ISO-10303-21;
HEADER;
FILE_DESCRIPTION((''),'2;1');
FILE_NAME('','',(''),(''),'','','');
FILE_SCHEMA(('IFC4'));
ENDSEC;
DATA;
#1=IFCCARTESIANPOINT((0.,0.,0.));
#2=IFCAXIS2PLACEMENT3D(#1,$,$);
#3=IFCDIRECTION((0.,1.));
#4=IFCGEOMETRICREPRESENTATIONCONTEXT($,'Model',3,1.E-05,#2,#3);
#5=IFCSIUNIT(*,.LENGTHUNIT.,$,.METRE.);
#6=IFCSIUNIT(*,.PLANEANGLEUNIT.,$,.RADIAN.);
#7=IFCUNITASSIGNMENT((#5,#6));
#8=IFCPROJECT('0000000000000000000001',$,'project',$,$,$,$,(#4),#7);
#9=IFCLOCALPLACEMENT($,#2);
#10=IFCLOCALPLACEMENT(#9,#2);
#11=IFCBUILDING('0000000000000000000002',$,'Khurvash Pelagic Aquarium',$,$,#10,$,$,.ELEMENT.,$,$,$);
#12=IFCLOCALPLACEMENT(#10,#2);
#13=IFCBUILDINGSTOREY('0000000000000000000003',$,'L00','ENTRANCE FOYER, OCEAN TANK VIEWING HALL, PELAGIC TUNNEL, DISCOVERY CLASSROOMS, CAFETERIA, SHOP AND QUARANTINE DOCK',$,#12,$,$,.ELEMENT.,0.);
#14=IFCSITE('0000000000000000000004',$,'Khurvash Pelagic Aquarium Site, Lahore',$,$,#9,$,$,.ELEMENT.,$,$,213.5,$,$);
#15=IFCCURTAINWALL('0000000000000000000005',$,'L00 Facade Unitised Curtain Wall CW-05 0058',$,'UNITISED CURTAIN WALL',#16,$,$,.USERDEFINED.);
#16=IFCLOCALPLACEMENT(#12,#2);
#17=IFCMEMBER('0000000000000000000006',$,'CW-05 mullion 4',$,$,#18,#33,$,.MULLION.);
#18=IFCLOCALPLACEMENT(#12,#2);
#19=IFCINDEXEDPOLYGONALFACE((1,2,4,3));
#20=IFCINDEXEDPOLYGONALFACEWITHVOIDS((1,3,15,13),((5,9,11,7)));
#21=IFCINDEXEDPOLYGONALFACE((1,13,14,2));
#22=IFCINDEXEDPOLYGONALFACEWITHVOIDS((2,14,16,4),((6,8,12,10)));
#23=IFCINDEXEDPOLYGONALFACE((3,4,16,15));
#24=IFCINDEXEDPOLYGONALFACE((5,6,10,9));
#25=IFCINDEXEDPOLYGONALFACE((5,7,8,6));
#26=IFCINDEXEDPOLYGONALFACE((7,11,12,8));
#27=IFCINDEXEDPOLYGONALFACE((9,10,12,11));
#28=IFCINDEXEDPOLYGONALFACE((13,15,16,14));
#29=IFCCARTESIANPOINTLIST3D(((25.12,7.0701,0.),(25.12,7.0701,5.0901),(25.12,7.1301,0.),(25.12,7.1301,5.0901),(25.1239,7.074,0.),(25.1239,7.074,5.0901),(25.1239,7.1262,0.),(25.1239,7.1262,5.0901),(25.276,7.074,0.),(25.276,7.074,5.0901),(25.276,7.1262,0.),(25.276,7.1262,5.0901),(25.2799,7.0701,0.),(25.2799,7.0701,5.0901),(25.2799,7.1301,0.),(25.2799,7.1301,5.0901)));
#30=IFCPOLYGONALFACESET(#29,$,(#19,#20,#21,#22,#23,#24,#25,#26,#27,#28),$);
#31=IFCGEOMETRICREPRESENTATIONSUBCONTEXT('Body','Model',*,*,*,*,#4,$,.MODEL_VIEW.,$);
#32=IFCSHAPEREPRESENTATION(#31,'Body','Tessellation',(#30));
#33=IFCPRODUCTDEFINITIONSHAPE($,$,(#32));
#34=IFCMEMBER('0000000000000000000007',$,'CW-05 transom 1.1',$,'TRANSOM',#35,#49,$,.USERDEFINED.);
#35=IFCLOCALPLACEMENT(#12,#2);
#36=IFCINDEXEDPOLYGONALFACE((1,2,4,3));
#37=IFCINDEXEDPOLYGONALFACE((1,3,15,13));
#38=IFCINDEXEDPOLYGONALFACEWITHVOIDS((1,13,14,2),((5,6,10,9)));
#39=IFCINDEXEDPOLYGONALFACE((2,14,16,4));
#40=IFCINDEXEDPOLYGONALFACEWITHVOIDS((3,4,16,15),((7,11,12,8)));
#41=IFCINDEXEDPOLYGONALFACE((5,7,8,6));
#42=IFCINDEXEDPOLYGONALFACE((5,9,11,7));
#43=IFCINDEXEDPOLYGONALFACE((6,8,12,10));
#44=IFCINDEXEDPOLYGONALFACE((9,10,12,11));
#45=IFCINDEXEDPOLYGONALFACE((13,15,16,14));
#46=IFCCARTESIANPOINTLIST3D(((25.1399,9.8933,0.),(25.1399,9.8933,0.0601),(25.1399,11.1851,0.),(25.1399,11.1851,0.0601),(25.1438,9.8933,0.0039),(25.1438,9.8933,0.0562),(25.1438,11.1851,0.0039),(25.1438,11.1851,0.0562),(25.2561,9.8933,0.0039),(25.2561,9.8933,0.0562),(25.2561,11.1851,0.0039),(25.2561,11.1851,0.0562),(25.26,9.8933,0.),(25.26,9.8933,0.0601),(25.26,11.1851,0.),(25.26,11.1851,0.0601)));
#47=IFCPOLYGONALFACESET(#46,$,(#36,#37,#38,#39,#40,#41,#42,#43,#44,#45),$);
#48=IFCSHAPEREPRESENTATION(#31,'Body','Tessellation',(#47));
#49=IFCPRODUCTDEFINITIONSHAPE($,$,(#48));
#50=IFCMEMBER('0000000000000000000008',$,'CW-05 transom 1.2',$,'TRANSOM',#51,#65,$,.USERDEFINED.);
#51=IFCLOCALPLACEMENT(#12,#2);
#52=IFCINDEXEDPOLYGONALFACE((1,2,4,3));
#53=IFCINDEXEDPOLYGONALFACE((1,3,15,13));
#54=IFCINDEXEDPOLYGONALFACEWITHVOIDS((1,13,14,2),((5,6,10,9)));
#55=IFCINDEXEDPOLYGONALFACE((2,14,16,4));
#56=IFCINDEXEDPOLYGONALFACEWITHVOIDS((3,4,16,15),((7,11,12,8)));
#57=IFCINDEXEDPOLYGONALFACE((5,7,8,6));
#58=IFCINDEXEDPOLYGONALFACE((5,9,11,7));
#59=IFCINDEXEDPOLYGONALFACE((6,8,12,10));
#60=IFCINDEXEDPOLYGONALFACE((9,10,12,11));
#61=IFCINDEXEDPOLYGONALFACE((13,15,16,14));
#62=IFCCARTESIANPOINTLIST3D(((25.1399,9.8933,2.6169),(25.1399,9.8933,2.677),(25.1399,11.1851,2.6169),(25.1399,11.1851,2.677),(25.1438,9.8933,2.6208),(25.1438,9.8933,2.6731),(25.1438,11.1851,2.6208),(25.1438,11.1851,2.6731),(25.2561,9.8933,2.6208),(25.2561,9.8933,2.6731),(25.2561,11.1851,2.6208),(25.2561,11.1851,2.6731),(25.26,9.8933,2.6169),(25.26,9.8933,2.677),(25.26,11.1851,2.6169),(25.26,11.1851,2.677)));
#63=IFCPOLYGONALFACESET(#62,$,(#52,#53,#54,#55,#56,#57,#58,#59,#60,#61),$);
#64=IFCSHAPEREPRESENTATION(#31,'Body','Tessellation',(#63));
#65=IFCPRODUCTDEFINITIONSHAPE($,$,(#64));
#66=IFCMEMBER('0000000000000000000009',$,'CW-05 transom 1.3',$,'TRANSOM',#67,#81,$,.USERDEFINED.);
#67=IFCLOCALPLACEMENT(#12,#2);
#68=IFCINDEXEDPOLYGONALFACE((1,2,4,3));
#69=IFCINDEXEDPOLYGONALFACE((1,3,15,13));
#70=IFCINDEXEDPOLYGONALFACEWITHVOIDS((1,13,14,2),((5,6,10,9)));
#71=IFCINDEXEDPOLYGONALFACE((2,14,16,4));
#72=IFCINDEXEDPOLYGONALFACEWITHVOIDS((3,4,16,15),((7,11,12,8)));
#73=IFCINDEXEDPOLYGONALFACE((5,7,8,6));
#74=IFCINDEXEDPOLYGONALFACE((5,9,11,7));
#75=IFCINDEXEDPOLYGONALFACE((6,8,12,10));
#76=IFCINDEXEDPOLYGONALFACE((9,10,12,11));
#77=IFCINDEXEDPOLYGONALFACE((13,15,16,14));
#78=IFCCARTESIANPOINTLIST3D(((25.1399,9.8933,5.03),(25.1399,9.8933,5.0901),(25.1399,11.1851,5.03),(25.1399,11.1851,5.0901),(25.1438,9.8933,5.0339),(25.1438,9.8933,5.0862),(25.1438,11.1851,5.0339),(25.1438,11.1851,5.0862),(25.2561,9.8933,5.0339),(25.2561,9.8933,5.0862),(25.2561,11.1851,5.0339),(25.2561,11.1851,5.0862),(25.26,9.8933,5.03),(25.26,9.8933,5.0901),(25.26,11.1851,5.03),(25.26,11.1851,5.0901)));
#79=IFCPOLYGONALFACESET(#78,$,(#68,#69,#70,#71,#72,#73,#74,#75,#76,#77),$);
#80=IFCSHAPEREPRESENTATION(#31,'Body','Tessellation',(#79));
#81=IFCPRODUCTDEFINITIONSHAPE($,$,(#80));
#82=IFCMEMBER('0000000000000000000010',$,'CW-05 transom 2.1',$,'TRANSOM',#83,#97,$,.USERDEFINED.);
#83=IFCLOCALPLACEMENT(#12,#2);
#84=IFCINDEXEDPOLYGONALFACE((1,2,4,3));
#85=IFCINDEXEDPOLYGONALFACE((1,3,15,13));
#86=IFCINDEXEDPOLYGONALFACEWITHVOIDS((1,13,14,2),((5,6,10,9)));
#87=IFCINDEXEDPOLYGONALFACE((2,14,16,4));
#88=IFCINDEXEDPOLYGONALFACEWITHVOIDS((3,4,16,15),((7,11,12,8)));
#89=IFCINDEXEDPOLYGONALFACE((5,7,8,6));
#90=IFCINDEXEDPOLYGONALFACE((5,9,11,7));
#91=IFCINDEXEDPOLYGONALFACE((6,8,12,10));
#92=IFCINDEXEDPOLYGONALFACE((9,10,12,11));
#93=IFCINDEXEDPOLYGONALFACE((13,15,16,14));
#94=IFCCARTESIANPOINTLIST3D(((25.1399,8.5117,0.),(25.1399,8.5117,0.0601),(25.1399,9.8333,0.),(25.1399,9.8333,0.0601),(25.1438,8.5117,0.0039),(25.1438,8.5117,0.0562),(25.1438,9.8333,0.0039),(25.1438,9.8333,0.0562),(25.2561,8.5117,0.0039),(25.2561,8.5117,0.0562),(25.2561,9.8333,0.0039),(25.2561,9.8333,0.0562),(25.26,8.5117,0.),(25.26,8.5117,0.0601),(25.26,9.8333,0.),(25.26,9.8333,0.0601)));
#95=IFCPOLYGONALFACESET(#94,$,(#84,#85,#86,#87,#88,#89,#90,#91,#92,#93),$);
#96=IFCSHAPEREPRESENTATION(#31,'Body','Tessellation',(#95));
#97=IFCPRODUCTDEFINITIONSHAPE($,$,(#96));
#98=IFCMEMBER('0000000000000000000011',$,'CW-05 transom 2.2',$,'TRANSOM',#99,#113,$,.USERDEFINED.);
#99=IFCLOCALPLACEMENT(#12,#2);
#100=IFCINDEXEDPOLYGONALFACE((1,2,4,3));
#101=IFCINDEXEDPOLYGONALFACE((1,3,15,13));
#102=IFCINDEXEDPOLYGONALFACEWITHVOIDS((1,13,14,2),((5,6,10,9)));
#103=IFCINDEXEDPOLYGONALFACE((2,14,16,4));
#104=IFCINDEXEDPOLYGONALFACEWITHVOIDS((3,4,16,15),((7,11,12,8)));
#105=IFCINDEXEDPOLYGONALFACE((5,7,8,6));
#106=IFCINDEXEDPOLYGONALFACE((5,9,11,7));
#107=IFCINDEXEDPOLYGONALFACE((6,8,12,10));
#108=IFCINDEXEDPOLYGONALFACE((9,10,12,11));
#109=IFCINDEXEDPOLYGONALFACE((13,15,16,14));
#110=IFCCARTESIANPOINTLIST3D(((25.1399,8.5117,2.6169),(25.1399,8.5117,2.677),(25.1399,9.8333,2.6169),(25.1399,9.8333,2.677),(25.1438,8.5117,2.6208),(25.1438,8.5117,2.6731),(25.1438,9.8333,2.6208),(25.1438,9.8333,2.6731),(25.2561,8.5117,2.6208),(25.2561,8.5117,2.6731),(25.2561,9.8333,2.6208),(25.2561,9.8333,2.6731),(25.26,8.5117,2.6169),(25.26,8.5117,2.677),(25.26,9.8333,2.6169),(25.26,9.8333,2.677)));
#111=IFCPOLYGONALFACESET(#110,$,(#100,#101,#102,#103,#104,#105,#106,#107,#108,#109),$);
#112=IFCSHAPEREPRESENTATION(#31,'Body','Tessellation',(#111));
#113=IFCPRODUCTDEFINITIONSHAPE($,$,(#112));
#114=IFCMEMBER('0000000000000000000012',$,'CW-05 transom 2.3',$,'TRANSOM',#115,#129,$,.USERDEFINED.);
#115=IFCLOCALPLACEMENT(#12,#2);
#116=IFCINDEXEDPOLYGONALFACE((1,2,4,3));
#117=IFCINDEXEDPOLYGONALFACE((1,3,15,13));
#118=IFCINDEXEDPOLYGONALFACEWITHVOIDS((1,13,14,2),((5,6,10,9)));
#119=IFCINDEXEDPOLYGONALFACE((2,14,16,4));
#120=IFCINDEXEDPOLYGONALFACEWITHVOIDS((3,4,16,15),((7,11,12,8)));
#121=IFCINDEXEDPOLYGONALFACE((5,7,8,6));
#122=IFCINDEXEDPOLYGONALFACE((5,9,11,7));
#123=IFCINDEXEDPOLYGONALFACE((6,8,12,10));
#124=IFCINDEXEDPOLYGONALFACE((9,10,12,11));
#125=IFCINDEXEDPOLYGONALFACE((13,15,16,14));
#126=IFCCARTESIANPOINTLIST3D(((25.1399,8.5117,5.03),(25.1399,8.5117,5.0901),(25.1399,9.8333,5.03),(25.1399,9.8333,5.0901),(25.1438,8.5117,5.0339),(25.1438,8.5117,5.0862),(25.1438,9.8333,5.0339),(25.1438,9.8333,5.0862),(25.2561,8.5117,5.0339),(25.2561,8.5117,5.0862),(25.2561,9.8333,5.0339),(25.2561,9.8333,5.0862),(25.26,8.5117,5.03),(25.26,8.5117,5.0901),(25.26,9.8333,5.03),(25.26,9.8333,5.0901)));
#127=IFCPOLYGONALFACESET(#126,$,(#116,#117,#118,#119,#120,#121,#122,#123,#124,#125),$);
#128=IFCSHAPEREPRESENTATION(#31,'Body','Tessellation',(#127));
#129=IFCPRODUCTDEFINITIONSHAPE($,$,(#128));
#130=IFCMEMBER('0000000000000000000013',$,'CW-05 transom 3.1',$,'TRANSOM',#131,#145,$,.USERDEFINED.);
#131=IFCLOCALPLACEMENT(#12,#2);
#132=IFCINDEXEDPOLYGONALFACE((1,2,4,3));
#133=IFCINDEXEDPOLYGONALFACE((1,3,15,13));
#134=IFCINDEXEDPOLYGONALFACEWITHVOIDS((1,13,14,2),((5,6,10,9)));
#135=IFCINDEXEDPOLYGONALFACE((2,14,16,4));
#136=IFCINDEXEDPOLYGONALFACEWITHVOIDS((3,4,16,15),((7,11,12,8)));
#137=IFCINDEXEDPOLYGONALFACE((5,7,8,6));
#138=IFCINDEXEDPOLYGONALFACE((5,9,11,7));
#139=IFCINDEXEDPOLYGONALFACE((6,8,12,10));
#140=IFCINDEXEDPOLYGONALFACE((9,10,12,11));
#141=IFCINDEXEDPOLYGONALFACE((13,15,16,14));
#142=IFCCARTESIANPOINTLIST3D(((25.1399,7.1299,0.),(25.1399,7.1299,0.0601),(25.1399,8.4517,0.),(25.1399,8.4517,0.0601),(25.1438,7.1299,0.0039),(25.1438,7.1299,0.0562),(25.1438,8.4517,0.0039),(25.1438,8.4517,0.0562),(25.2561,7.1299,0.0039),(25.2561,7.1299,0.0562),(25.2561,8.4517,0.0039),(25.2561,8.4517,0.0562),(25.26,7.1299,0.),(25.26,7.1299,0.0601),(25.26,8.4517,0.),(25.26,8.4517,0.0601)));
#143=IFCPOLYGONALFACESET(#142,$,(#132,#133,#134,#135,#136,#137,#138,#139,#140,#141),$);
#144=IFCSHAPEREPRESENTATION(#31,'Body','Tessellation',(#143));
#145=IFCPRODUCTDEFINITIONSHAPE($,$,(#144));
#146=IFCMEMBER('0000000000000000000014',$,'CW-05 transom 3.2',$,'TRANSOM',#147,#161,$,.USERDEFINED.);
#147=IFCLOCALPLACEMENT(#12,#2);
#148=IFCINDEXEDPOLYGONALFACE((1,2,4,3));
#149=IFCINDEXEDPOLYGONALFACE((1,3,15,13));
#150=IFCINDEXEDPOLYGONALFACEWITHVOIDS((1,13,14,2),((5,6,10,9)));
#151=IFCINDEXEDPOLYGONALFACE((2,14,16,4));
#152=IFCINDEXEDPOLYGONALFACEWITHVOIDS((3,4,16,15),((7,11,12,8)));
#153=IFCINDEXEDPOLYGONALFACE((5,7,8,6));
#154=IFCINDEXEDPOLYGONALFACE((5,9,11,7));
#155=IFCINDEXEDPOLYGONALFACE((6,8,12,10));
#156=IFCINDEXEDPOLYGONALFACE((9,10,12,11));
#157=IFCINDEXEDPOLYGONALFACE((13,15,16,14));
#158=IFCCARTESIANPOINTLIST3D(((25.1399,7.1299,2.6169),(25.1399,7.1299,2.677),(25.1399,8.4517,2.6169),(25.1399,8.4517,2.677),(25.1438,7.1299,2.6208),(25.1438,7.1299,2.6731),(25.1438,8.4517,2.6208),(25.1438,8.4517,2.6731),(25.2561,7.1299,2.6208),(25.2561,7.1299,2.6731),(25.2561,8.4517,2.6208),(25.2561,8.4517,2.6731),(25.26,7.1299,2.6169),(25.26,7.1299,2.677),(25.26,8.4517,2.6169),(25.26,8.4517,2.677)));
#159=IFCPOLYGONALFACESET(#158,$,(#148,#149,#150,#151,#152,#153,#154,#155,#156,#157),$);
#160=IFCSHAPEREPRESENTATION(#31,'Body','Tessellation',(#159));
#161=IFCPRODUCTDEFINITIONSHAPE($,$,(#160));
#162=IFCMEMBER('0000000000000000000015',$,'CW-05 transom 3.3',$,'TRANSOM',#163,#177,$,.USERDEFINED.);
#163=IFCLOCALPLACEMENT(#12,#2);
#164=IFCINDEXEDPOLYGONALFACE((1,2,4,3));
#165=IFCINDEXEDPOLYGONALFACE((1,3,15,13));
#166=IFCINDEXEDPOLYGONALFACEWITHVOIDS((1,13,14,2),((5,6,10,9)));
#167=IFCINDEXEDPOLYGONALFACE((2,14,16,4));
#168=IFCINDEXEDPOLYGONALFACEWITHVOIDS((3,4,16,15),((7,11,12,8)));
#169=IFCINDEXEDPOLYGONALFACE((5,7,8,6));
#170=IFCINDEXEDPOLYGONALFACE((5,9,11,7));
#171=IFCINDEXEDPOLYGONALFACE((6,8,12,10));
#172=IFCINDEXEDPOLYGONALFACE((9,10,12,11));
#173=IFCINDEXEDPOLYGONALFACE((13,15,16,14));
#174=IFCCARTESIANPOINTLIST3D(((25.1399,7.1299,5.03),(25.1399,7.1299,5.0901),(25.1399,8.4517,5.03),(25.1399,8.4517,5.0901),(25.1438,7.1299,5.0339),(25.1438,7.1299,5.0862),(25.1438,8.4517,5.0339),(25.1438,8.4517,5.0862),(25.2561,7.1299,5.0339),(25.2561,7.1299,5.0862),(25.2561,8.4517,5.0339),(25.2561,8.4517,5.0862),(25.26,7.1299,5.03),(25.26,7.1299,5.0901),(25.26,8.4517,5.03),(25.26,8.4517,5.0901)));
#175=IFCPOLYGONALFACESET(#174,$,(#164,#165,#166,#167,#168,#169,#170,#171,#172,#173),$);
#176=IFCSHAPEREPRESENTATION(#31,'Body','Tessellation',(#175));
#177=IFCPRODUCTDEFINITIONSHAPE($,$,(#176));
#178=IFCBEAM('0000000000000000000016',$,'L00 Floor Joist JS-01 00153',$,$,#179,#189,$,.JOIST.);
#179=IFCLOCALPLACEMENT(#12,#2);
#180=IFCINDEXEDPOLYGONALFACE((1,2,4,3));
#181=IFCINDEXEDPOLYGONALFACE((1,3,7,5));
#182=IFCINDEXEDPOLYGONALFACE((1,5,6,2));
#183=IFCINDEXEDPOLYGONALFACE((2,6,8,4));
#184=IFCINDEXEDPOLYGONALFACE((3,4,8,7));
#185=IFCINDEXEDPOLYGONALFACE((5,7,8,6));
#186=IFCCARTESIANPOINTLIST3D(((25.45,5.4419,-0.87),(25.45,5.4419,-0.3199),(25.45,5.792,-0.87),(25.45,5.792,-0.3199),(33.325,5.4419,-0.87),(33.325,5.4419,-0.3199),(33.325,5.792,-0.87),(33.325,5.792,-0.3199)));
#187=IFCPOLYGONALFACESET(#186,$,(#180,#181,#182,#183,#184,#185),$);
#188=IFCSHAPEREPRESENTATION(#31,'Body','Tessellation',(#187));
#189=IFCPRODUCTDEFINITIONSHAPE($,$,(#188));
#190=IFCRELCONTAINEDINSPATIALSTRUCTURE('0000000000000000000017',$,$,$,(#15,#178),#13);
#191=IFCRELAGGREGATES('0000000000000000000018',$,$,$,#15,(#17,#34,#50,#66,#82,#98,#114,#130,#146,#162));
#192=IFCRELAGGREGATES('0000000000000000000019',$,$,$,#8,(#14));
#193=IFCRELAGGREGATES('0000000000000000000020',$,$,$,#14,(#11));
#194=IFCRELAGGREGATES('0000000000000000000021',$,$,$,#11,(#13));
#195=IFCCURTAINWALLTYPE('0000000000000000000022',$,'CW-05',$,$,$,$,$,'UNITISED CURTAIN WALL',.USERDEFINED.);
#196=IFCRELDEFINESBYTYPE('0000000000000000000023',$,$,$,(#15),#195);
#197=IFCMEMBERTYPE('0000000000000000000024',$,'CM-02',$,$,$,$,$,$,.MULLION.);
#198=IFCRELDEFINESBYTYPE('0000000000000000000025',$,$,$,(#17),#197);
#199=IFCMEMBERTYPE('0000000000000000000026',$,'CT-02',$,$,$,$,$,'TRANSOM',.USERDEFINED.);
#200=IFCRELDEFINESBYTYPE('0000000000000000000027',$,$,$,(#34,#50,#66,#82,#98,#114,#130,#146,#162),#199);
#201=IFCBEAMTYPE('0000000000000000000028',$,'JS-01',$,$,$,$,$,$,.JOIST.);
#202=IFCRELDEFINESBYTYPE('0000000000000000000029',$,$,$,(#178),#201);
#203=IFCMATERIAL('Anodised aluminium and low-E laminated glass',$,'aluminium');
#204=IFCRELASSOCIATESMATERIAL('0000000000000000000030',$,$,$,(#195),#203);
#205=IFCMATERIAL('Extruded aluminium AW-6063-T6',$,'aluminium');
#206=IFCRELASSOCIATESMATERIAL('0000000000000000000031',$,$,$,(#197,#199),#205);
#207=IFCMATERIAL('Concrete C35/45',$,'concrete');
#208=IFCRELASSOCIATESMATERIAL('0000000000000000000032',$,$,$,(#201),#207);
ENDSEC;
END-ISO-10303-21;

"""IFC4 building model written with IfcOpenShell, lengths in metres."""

from ifc_helpers import new_model, si_unit, direction, frame, origin, origin_2d, place, context, subcontext, project, spatial, rectangle, hollow_rectangle, extrude, material, material_profile, profile_set, type_object, element, aggregate, save


model = new_model("IFC4")

# Units and contexts
model_context = context("Model", 3, precision=1e-05, world=origin(), true_north=direction((0.0, 1.0)))
body_context = subcontext(model_context, "Body", "Model", "MODEL_VIEW")
ifc_project = project(units=[si_unit("LENGTHUNIT", "METRE"), si_unit("PLANEANGLEUNIT", "RADIAN")], contexts=[model_context])

# Site, building, storey
site_placement = place(None, origin())
site = spatial("IfcSite", under=ifc_project, at=site_placement, Name="Khurvash Pelagic Aquarium Site, Lahore", CompositionType="ELEMENT", RefElevation=213.5)
building_placement = place(site_placement, origin())
building = spatial("IfcBuilding", under=site, at=building_placement, Name="Khurvash Pelagic Aquarium", CompositionType="ELEMENT")
storey_placement = place(building_placement, origin())
storey = spatial("IfcBuildingStorey", under=building, at=storey_placement, Name="L00", Description="ENTRANCE FOYER, OCEAN TANK VIEWING HALL, PELAGIC TUNNEL, DISCOVERY CLASSROOMS, CAFETERIA, SHOP AND QUARANTINE DOCK", CompositionType="ELEMENT", Elevation=0.0)

# Shared definitions
ifc_material_1 = material(Name="Anodised aluminium and low-E laminated glass", Category="aluminium")
curtain_wall_type = type_object("IfcCurtainWallType", Name="CW-05", ElementType="UNITISED CURTAIN WALL", PredefinedType="USERDEFINED", material=ifc_material_1)
ifc_material_2 = material(Name="Extruded aluminium AW-6063-T6", Category="aluminium")
ifc_material_profile_1 = material_profile(ifc_material_2, hollow_rectangle(XDim=0.0601, YDim=0.1599, WallThickness=0.0039, at=origin_2d()), Name="CWM60X160X4")
ifc_profile_set_1 = profile_set([ifc_material_profile_1], Name="Extruded aluminium AW-6063-T6")
member_type_1 = type_object("IfcMemberType", Name="CM-02", PredefinedType="MULLION", material=ifc_profile_set_1)

# Curtain wall, members
curtain_wall_1_placement = place(storey_placement, origin())
curtain_wall_1 = element("IfcCurtainWall", 1, at=curtain_wall_1_placement, inside=storey, type_object=curtain_wall_type, Name="L00 Facade Unitised Curtain Wall CW-05 0058", ObjectType="UNITISED CURTAIN WALL", PredefinedType="USERDEFINED")
member_1_placement = place(storey_placement, frame((25.2, 7.1001, 0.0), z_axis=(0.0, 0.0, 1.0), x_axis=(0.0, -1.0, 0.0)))
member_1 = element("IfcMember", 2, at=member_1_placement, type_object=member_type_1, Name="CW-05 mullion 4", PredefinedType="MULLION", context=body_context, shape_type="SweptSolid", body=[
    extrude(hollow_rectangle(XDim=0.0601, YDim=0.1599, WallThickness=0.0039, at=origin_2d()), origin(), (0.0, 0.0, 1.0), 5.0901),
])
ifc_material_profile_2 = material_profile(ifc_material_2, hollow_rectangle(XDim=0.1201, YDim=0.0601, WallThickness=0.0039, at=origin_2d()), Name="CWT120X60X4")
ifc_profile_set_2 = profile_set([ifc_material_profile_2], Name="Extruded aluminium AW-6063-T6")
member_type_2 = type_object("IfcMemberType", Name="CT-02", ElementType="TRANSOM", PredefinedType="USERDEFINED", material=ifc_profile_set_2)
member_2_placement = place(storey_placement, frame((25.2, 11.1851, 0.03), z_axis=(0.0, -1.0, 0.0), x_axis=(1.0, 0.0, 0.0)))
member_2 = element("IfcMember", 3, at=member_2_placement, type_object=member_type_2, Name="CW-05 transom 1.1", ObjectType="TRANSOM", PredefinedType="USERDEFINED", context=body_context, shape_type="SweptSolid", body=[
    extrude(hollow_rectangle(XDim=0.1201, YDim=0.0601, WallThickness=0.0039, at=origin_2d()), origin(), (0.0, 0.0, 1.0), 1.2917),
])
member_3_placement = place(storey_placement, frame((25.2, 11.1851, 2.647), z_axis=(0.0, -1.0, 0.0), x_axis=(1.0, 0.0, 0.0)))
member_3 = element("IfcMember", 4, at=member_3_placement, type_object=member_type_2, Name="CW-05 transom 1.2", ObjectType="TRANSOM", PredefinedType="USERDEFINED", context=body_context, shape_type="SweptSolid", body=[
    extrude(hollow_rectangle(XDim=0.1201, YDim=0.0601, WallThickness=0.0039, at=origin_2d()), origin(), (0.0, 0.0, 1.0), 1.2917),
])
member_4_placement = place(storey_placement, frame((25.2, 11.1851, 5.0601), z_axis=(0.0, -1.0, 0.0), x_axis=(1.0, 0.0, 0.0)))
member_4 = element("IfcMember", 5, at=member_4_placement, type_object=member_type_2, Name="CW-05 transom 1.3", ObjectType="TRANSOM", PredefinedType="USERDEFINED", context=body_context, shape_type="SweptSolid", body=[
    extrude(hollow_rectangle(XDim=0.1201, YDim=0.0601, WallThickness=0.0039, at=origin_2d()), origin(), (0.0, 0.0, 1.0), 1.2917),
])
member_5_placement = place(storey_placement, frame((25.2, 9.8333, 0.03), z_axis=(0.0, -1.0, 0.0), x_axis=(1.0, 0.0, 0.0)))
member_5 = element("IfcMember", 6, at=member_5_placement, type_object=member_type_2, Name="CW-05 transom 2.1", ObjectType="TRANSOM", PredefinedType="USERDEFINED", context=body_context, shape_type="SweptSolid", body=[
    extrude(hollow_rectangle(XDim=0.1201, YDim=0.0601, WallThickness=0.0039, at=origin_2d()), origin(), (0.0, 0.0, 1.0), 1.3215),
])
member_6_placement = place(storey_placement, frame((25.2, 9.8333, 2.647), z_axis=(0.0, -1.0, 0.0), x_axis=(1.0, 0.0, 0.0)))
member_6 = element("IfcMember", 7, at=member_6_placement, type_object=member_type_2, Name="CW-05 transom 2.2", ObjectType="TRANSOM", PredefinedType="USERDEFINED", context=body_context, shape_type="SweptSolid", body=[
    extrude(hollow_rectangle(XDim=0.1201, YDim=0.0601, WallThickness=0.0039, at=origin_2d()), origin(), (0.0, 0.0, 1.0), 1.3215),
])
member_7_placement = place(storey_placement, frame((25.2, 9.8333, 5.0601), z_axis=(0.0, -1.0, 0.0), x_axis=(1.0, 0.0, 0.0)))
member_7 = element("IfcMember", 8, at=member_7_placement, type_object=member_type_2, Name="CW-05 transom 2.3", ObjectType="TRANSOM", PredefinedType="USERDEFINED", context=body_context, shape_type="SweptSolid", body=[
    extrude(hollow_rectangle(XDim=0.1201, YDim=0.0601, WallThickness=0.0039, at=origin_2d()), origin(), (0.0, 0.0, 1.0), 1.3215),
])
member_8_placement = place(storey_placement, frame((25.2, 8.4517, 0.03), z_axis=(0.0, -1.0, 0.0), x_axis=(1.0, 0.0, 0.0)))
member_8 = element("IfcMember", 9, at=member_8_placement, type_object=member_type_2, Name="CW-05 transom 3.1", ObjectType="TRANSOM", PredefinedType="USERDEFINED", context=body_context, shape_type="SweptSolid", body=[
    extrude(hollow_rectangle(XDim=0.1201, YDim=0.0601, WallThickness=0.0039, at=origin_2d()), origin(), (0.0, 0.0, 1.0), 1.3218),
])
member_9_placement = place(storey_placement, frame((25.2, 8.4517, 2.647), z_axis=(0.0, -1.0, 0.0), x_axis=(1.0, 0.0, 0.0)))
member_9 = element("IfcMember", 10, at=member_9_placement, type_object=member_type_2, Name="CW-05 transom 3.2", ObjectType="TRANSOM", PredefinedType="USERDEFINED", context=body_context, shape_type="SweptSolid", body=[
    extrude(hollow_rectangle(XDim=0.1201, YDim=0.0601, WallThickness=0.0039, at=origin_2d()), origin(), (0.0, 0.0, 1.0), 1.3218),
])
member_10_placement = place(storey_placement, frame((25.2, 8.4517, 5.0601), z_axis=(0.0, -1.0, 0.0), x_axis=(1.0, 0.0, 0.0)))
member_10 = element("IfcMember", 11, at=member_10_placement, type_object=member_type_2, Name="CW-05 transom 3.3", ObjectType="TRANSOM", PredefinedType="USERDEFINED", context=body_context, shape_type="SweptSolid", body=[
    extrude(hollow_rectangle(XDim=0.1201, YDim=0.0601, WallThickness=0.0039, at=origin_2d()), origin(), (0.0, 0.0, 1.0), 1.3218),
])

# Beam
ifc_material_3 = material(Name="Concrete C35/45", Category="concrete")
ifc_material_profile_3 = material_profile(ifc_material_3, rectangle(XDim=0.3501, YDim=0.55, at=origin_2d()), Name="RC350X550")
ifc_profile_set_3 = profile_set([ifc_material_profile_3], Name="Concrete C35/45")
beam_type_1 = type_object("IfcBeamType", Name="JS-01", PredefinedType="JOIST", material=ifc_profile_set_3)
for number, where, z_axis, x_axis, name in (
    (12, (25.45, 5.6169, -0.595), (1.0, 0.0, 0.0), (0.0, 1.0, 0.0), "L00 Floor Joist JS-01 00153"),
):
    element("IfcBeam", number, at=place(storey_placement, frame(where, z_axis=z_axis, x_axis=x_axis)), inside=storey, type_object=beam_type_1, Name=name, PredefinedType="JOIST", context=body_context, shape_type="SweptSolid", body=[
        extrude(rectangle(XDim=0.3501, YDim=0.55, at=origin_2d()), origin(), (0.0, 0.0, 1.0), 7.875),
    ])

aggregate(curtain_wall_1, [member_1, member_2, member_3, member_4, member_5, member_6, member_7, member_8, member_9, member_10])

save(model, "model.ifc")
